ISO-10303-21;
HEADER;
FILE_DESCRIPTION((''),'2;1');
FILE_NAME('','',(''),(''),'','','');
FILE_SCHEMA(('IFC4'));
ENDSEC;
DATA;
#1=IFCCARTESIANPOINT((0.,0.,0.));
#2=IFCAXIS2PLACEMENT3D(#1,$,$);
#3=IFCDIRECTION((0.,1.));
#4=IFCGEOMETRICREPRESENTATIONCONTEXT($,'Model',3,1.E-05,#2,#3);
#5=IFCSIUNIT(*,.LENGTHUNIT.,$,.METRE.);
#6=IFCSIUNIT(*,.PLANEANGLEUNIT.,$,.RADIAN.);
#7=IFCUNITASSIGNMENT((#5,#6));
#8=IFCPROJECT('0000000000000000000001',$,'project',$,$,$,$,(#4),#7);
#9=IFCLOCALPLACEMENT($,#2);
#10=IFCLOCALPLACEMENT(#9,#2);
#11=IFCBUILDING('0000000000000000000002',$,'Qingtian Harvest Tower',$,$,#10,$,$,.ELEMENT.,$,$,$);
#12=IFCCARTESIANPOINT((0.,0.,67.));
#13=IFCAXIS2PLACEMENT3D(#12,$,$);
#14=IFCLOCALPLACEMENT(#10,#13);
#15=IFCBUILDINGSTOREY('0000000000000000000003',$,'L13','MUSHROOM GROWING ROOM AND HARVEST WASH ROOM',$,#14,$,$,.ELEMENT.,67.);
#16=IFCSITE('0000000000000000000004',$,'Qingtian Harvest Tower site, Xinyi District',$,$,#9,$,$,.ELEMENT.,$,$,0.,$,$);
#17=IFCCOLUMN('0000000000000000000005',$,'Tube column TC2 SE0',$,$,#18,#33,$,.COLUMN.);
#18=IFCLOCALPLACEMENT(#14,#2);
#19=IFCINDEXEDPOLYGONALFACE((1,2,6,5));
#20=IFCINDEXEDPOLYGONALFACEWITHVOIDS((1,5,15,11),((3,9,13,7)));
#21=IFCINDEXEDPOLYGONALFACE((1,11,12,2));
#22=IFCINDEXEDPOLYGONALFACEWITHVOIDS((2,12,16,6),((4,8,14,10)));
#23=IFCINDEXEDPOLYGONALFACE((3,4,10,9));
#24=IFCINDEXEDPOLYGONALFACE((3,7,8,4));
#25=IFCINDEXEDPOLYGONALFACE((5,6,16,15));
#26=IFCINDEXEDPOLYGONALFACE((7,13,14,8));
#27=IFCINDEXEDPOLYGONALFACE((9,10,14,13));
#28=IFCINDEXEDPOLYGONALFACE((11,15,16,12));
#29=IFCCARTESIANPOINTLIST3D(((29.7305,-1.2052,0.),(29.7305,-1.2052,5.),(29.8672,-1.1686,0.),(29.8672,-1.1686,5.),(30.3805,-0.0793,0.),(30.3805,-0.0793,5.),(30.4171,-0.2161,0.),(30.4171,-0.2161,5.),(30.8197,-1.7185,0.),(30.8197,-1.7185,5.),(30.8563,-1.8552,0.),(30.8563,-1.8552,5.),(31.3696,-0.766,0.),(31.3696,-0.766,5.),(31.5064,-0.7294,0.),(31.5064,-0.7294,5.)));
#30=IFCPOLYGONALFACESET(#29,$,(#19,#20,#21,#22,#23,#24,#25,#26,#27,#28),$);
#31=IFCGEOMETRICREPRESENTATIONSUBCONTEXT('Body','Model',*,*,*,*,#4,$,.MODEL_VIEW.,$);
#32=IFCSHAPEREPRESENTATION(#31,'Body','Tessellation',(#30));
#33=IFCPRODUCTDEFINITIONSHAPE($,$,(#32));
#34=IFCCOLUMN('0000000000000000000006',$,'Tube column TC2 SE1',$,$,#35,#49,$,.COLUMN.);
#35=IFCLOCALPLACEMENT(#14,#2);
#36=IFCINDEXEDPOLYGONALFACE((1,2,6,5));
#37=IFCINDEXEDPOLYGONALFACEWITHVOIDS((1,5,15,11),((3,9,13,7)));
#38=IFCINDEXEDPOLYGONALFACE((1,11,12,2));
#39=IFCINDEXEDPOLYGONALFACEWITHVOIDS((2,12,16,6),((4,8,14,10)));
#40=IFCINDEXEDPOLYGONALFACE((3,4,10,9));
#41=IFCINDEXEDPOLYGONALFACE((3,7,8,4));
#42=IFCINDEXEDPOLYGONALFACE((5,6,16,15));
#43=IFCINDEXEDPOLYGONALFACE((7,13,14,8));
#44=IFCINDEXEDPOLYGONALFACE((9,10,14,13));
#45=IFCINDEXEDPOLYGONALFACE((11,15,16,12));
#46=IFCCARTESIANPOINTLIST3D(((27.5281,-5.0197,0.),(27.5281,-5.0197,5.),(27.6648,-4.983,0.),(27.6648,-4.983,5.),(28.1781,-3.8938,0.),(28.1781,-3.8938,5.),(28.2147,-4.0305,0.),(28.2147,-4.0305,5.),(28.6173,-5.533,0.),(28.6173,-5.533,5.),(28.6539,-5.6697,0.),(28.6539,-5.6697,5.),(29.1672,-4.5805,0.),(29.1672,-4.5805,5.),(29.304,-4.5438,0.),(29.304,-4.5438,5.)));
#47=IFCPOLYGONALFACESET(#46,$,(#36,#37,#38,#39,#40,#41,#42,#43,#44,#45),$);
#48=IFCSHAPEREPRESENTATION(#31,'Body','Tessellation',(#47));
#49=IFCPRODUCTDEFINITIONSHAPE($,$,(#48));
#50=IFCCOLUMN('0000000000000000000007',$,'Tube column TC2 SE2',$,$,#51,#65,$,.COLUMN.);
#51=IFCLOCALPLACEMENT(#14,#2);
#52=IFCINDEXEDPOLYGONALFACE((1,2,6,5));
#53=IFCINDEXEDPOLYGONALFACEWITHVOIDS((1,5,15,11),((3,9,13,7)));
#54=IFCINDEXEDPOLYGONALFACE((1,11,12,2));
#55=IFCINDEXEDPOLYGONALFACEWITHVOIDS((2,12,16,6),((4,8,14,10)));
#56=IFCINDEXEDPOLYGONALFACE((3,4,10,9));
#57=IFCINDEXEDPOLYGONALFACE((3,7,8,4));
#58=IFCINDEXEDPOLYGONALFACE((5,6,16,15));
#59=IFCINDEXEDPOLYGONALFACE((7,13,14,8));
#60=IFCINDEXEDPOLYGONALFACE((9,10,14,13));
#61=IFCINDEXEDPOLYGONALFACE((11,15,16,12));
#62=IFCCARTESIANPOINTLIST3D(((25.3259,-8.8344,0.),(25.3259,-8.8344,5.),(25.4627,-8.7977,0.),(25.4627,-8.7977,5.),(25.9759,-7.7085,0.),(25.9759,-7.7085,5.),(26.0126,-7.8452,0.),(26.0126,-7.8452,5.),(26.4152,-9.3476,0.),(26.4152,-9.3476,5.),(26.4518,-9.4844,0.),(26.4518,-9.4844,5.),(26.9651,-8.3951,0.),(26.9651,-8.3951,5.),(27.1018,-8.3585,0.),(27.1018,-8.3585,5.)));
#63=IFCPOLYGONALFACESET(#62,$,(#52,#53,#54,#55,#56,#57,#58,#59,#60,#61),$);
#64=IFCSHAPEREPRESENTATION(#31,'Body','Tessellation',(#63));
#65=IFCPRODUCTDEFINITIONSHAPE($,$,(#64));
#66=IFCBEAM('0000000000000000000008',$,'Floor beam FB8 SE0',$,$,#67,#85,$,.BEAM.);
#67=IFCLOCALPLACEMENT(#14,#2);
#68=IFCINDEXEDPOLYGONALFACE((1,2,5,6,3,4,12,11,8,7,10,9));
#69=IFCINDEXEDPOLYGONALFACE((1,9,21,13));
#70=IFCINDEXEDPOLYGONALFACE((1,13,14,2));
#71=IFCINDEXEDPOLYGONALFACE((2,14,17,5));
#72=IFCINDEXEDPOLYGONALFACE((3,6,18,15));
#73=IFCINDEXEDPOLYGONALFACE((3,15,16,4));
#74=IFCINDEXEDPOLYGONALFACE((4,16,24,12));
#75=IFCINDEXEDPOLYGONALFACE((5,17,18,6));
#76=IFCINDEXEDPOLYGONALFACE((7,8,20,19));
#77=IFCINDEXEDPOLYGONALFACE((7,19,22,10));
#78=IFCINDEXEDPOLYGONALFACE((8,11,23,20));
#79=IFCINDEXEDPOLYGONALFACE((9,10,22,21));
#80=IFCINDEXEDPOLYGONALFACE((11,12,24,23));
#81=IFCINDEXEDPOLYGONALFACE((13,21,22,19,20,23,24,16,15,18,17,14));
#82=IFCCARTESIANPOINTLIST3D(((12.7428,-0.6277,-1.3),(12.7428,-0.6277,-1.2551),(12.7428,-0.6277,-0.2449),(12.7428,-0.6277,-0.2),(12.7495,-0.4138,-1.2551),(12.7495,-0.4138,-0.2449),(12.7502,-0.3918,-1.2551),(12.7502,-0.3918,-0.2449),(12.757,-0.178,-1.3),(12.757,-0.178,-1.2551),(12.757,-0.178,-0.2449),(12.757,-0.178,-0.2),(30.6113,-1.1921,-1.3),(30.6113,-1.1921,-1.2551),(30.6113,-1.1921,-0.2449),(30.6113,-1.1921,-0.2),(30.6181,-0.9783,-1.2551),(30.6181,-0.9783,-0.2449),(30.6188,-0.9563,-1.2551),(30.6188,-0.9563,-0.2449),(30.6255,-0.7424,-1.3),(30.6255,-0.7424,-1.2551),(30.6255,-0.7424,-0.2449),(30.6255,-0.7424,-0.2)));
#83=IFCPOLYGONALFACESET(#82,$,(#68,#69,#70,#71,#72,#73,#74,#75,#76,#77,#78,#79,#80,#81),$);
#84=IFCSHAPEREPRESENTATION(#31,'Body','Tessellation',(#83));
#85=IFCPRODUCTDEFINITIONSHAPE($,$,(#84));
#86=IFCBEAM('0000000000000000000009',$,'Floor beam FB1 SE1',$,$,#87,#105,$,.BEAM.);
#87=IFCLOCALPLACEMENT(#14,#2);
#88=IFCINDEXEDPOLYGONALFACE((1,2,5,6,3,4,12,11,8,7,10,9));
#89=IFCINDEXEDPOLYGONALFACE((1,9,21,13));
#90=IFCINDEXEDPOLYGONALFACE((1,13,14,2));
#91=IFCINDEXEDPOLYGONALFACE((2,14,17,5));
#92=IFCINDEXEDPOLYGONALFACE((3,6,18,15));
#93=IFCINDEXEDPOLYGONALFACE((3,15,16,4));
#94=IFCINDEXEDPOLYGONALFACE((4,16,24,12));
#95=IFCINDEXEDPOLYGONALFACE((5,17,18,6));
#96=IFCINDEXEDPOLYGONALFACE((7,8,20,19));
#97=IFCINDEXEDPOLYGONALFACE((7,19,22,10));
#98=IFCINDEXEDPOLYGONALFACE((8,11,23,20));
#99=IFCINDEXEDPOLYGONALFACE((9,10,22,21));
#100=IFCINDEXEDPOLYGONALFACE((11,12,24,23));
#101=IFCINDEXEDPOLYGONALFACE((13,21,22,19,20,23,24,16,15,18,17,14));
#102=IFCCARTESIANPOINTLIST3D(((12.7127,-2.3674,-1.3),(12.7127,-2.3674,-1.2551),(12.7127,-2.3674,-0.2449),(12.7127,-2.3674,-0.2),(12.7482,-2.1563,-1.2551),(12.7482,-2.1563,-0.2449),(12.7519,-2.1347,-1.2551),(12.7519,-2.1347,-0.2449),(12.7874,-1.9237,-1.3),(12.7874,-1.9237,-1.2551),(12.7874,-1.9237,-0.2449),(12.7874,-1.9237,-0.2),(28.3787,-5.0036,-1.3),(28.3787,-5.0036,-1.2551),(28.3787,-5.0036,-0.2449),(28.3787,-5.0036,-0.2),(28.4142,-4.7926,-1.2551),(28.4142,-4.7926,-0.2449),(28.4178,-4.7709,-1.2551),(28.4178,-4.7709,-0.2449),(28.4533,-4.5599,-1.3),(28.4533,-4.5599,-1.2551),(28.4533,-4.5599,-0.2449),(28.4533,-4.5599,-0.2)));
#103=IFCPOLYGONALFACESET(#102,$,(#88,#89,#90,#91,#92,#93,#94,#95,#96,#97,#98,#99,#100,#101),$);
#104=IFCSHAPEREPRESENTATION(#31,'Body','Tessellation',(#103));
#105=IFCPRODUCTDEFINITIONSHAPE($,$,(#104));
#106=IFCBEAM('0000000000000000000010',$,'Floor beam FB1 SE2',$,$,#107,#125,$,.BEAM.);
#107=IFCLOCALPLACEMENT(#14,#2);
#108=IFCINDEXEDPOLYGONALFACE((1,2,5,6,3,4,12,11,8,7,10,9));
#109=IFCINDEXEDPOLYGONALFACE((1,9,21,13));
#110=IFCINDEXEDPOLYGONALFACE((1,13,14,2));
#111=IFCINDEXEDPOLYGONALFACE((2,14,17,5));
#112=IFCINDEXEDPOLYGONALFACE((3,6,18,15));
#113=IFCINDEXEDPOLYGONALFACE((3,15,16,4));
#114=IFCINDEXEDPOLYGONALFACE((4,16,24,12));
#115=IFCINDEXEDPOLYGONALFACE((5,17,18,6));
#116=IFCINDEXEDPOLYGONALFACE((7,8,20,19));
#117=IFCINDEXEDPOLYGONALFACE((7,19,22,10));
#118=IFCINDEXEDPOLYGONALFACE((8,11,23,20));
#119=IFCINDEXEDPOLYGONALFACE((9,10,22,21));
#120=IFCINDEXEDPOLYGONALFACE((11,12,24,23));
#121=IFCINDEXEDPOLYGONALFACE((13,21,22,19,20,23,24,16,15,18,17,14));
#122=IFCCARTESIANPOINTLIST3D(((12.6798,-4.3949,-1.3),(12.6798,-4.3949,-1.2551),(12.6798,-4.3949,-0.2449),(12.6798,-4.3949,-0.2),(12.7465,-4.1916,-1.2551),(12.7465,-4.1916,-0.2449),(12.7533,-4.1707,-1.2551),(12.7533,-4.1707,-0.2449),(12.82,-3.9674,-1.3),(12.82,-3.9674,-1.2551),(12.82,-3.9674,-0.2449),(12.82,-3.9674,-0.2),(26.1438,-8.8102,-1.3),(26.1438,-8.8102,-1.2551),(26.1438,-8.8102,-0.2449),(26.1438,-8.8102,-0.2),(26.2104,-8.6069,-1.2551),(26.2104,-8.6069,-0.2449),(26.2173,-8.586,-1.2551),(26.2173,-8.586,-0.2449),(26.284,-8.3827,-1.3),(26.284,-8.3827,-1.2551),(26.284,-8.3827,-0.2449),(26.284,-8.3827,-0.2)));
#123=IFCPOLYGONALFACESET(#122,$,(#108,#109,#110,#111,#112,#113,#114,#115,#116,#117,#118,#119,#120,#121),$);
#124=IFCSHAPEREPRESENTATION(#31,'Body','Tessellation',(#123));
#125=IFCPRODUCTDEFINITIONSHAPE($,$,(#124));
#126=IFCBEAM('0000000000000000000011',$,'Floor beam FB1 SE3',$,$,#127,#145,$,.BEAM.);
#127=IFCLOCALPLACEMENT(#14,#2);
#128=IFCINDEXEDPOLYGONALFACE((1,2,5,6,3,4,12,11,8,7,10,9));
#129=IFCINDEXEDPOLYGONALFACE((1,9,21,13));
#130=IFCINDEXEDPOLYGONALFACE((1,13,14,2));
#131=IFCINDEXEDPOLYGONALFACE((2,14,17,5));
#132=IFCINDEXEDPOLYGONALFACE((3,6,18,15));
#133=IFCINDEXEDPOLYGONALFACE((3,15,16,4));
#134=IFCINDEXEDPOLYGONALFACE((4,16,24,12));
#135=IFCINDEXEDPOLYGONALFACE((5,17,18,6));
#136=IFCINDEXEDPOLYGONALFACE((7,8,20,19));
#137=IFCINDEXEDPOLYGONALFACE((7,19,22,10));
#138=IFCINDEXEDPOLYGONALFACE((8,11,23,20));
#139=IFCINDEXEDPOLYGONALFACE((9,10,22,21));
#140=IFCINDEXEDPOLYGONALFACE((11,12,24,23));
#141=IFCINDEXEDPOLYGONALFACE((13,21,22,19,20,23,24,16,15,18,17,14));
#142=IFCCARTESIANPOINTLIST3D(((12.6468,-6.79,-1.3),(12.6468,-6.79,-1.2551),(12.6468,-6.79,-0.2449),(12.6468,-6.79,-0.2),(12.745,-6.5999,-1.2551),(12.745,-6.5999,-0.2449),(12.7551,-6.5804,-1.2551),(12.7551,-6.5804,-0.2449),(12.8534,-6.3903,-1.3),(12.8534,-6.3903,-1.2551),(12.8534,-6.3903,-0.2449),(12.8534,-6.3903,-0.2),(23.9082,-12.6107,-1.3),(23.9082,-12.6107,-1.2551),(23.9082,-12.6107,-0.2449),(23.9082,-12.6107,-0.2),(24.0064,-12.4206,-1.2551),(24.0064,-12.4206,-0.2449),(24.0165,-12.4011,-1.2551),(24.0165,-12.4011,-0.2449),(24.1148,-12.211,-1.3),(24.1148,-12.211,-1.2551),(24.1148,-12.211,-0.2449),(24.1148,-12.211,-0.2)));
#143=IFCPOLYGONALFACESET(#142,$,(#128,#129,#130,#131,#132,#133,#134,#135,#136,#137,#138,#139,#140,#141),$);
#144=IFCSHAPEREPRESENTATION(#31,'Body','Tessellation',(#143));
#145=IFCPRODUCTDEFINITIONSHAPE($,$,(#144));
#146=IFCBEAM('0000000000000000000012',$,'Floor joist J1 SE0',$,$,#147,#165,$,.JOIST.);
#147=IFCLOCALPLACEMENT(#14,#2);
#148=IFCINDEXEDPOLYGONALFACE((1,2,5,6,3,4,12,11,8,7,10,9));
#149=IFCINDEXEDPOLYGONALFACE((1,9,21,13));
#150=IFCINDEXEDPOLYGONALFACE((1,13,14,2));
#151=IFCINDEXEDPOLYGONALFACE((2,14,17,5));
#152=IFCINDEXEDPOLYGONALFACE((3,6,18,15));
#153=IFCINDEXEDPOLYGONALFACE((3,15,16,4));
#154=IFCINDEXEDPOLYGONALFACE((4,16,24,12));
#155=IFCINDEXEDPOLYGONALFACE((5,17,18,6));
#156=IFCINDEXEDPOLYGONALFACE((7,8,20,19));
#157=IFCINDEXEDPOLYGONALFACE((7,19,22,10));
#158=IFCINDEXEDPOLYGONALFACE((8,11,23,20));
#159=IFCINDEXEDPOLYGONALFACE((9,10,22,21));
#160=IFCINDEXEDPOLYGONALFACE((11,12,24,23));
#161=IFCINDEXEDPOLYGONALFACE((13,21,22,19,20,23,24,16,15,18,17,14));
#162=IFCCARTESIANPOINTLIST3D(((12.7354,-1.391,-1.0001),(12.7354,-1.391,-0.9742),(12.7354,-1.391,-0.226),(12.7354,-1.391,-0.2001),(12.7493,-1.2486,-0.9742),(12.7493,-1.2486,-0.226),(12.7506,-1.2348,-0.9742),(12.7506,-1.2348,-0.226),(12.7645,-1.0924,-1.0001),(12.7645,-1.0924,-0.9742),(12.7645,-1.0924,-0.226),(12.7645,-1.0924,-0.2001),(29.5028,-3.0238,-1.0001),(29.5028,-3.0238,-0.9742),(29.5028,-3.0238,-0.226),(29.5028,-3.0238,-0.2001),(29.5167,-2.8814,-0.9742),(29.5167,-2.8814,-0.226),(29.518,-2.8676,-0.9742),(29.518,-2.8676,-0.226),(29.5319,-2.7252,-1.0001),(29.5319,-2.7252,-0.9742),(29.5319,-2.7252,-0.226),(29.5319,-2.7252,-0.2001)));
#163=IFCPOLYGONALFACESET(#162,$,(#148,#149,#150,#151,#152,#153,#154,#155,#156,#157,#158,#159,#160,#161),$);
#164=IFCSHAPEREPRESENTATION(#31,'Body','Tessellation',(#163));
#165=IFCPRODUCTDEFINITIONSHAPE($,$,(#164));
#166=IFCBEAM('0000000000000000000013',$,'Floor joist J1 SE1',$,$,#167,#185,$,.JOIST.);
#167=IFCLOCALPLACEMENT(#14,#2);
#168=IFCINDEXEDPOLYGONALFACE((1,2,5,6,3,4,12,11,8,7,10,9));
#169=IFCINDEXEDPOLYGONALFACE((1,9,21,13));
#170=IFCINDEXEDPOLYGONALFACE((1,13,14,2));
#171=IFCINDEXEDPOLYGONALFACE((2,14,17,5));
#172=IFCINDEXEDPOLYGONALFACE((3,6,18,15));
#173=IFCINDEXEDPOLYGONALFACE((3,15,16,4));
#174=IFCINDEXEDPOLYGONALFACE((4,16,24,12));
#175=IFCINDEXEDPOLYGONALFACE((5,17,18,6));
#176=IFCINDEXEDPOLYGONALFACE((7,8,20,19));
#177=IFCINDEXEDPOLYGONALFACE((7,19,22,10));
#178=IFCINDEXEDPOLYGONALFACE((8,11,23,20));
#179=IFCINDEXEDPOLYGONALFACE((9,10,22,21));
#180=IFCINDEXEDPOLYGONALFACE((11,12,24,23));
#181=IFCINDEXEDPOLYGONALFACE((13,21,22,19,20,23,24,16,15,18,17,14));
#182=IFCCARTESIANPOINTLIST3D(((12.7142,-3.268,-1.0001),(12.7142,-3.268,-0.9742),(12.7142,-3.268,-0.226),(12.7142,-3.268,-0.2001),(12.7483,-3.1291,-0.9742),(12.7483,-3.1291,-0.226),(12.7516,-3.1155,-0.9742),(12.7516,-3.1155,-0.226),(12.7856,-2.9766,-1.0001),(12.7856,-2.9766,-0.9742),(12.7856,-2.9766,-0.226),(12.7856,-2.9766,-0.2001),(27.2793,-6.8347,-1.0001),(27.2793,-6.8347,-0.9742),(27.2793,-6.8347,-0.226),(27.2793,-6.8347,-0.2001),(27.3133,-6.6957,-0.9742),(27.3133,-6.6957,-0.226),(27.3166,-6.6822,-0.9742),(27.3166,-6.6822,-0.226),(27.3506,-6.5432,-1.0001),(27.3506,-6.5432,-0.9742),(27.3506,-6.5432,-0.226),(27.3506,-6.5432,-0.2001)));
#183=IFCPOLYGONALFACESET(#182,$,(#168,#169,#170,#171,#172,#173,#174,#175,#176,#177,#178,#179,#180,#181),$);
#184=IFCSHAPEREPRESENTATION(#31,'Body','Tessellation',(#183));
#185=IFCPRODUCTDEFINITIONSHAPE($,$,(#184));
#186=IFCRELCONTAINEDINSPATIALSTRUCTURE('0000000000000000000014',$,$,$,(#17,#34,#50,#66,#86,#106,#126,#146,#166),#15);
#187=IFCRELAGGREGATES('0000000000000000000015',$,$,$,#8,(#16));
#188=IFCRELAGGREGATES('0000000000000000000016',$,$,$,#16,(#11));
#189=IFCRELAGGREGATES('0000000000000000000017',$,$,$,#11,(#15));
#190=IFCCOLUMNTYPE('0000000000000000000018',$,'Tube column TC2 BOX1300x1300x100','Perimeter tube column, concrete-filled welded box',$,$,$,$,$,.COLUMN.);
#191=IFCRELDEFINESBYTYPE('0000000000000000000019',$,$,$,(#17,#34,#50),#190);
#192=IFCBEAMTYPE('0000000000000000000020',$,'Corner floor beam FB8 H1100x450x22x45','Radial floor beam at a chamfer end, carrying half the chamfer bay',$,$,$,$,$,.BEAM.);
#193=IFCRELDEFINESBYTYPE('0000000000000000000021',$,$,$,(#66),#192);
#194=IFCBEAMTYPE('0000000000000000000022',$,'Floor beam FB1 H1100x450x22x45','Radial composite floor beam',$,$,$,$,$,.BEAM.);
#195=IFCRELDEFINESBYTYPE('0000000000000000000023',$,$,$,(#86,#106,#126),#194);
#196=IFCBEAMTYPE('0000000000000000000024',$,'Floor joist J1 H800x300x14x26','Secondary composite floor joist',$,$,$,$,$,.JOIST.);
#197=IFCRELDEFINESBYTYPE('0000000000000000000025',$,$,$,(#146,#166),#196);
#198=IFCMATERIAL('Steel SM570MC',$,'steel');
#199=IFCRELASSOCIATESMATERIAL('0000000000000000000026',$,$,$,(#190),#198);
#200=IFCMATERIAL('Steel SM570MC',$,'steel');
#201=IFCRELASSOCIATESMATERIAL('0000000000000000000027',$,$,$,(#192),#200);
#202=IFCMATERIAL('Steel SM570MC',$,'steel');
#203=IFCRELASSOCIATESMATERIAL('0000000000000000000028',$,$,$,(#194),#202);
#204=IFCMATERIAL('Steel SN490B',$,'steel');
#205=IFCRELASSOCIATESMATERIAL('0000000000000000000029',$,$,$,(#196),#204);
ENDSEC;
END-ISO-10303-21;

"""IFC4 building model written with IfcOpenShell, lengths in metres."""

from ifc_helpers import new_model, si_unit, direction, frame, origin, origin_2d, place, context, subcontext, project, spatial, hollow_rectangle, i_section, extrude, material, material_profile, profile_set, type_object, element, save


model = new_model("IFC4")

# Units and contexts
model_context = context("Model", 3, precision=1e-05, world=origin(), true_north=direction((0.0, 1.0)))
body_context = subcontext(model_context, "Body", "Model", "MODEL_VIEW")
ifc_project = project(units=[si_unit("LENGTHUNIT", "METRE"), si_unit("PLANEANGLEUNIT", "RADIAN")], contexts=[model_context])

# Site, building, storey
site_placement = place(None, origin())
site = spatial("IfcSite", under=ifc_project, at=site_placement, Name="Qingtian Harvest Tower site, Xinyi District", CompositionType="ELEMENT", RefElevation=0.0)
building_placement = place(site_placement, origin())
building = spatial("IfcBuilding", under=site, at=building_placement, Name="Qingtian Harvest Tower", CompositionType="ELEMENT")
storey_placement = place(building_placement, frame((0.0, 0.0, 67.0)))
storey = spatial("IfcBuildingStorey", under=building, at=storey_placement, Name="L13", Description="MUSHROOM GROWING ROOM AND HARVEST WASH ROOM", CompositionType="ELEMENT", Elevation=67.0)

# Columns
ifc_material_1 = material(Name="Steel SM570MC", Category="steel")
ifc_material_profile_1 = material_profile(ifc_material_1, hollow_rectangle(XDim=1.3, YDim=1.3, WallThickness=0.1001, at=origin_2d()), Name="BOX1300x1300x100")
ifc_profile_set_1 = profile_set([ifc_material_profile_1], Name="Steel SM570MC")
column_type = type_object("IfcColumnType", Name="Tube column TC2 BOX1300x1300x100", Description="Perimeter tube column, concrete-filled welded box", PredefinedType="COLUMN", material=ifc_profile_set_1)
for number, where, z_axis, x_axis, name in (
    (1, (30.6184, -0.9673, 0.0), (0.0, 0.0, 1.0), (0.5, 0.866025, 0.0), "Tube column TC2 SE0"),
    (2, (28.416, -4.7817, 0.0), (0.0, 0.0, 1.0), (0.5, 0.866025, 0.0), "Tube column TC2 SE1"),
    (3, (26.2139, -8.5964, 0.0), (0.0, 0.0, 1.0), (0.5, 0.866025, 0.0), "Tube column TC2 SE2"),
):
    element("IfcColumn", number, at=place(storey_placement, frame(where, z_axis=z_axis, x_axis=x_axis)), inside=storey, type_object=column_type, Name=name, PredefinedType="COLUMN", context=body_context, shape_type="SweptSolid", body=[
        extrude(hollow_rectangle(XDim=1.3, YDim=1.3, WallThickness=0.1001, at=origin_2d()), origin(), (0.0, 0.0, 1.0), 5.0),
    ])

# Beams
ifc_material_2 = material(Name="Steel SM570MC", Category="steel")
ifc_material_profile_2 = material_profile(ifc_material_2, i_section(OverallWidth=0.45, OverallDepth=1.1001, WebThickness=0.022, FlangeThickness=0.0449, at=origin_2d()), Name="H1100x450x22x45")
ifc_profile_set_2 = profile_set([ifc_material_profile_2], Name="Steel SM570MC")
beam_type_1 = type_object("IfcBeamType", Name="Corner floor beam FB8 H1100x450x22x45", Description="Radial floor beam at a chamfer end, carrying half the chamfer bay", PredefinedType="BEAM", material=ifc_profile_set_2)
beam_1_placement = place(storey_placement, frame((30.6184, -0.9673, -0.75), z_axis=(-0.999501, 0.031574, 0.0), x_axis=(-0.031574, -0.999501, 0.0)))
element("IfcBeam", 4, at=beam_1_placement, inside=storey, type_object=beam_type_1, Name="Floor beam FB8 SE0", PredefinedType="BEAM", context=body_context, shape_type="SweptSolid", body=[
    extrude(i_section(OverallWidth=0.45, OverallDepth=1.1001, WebThickness=0.022, FlangeThickness=0.0449, at=origin_2d()), origin(), (0.0, 0.0, 1.0), 17.8774),
])
ifc_material_3 = material(Name="Steel SM570MC", Category="steel")
ifc_material_profile_3 = material_profile(ifc_material_3, i_section(OverallWidth=0.45, OverallDepth=1.1001, WebThickness=0.022, FlangeThickness=0.0449, at=origin_2d()), Name="H1100x450x22x45")
ifc_profile_set_3 = profile_set([ifc_material_profile_3], Name="Steel SM570MC")
beam_type_2 = type_object("IfcBeamType", Name="Floor beam FB1 H1100x450x22x45", Description="Radial composite floor beam", PredefinedType="BEAM", material=ifc_profile_set_3)
beam_2_placement = place(storey_placement, frame((28.416, -4.7817, -0.75), z_axis=(-0.986135, 0.165944, 0.0), x_axis=(-0.165944, -0.986135, 0.0)))
element("IfcBeam", 5, at=beam_2_placement, inside=storey, type_object=beam_type_2, Name="Floor beam FB1 SE1", PredefinedType="BEAM", context=body_context, shape_type="SweptSolid", body=[
    extrude(i_section(OverallWidth=0.45, OverallDepth=1.1001, WebThickness=0.022, FlangeThickness=0.0449, at=origin_2d()), origin(), (0.0, 0.0, 1.0), 15.8862),
])
beam_3_placement = place(storey_placement, frame((26.2139, -8.5964, -0.75), z_axis=(-0.950211, 0.311608, 0.0), x_axis=(-0.311608, -0.950211, 0.0)))
element("IfcBeam", 6, at=beam_3_placement, inside=storey, type_object=beam_type_2, Name="Floor beam FB1 SE2", PredefinedType="BEAM", context=body_context, shape_type="SweptSolid", body=[
    extrude(i_section(OverallWidth=0.45, OverallDepth=1.1001, WebThickness=0.022, FlangeThickness=0.0449, at=origin_2d()), origin(), (0.0, 0.0, 1.0), 14.1694),
])
beam_4_placement = place(storey_placement, frame((24.0115, -12.4109, -0.75), z_axis=(-0.88835, 0.459168, 0.0), x_axis=(-0.459168, -0.88835, 0.0)))
element("IfcBeam", 7, at=beam_4_placement, inside=storey, type_object=beam_type_2, Name="Floor beam FB1 SE3", PredefinedType="BEAM", context=body_context, shape_type="SweptSolid", body=[
    extrude(i_section(OverallWidth=0.45, OverallDepth=1.1001, WebThickness=0.022, FlangeThickness=0.0449, at=origin_2d()), origin(), (0.0, 0.0, 1.0), 12.6768),
])
ifc_material_4 = material(Name="Steel SN490B", Category="steel")
ifc_material_profile_4 = material_profile(ifc_material_4, i_section(OverallWidth=0.3, OverallDepth=0.8, WebThickness=0.0139, FlangeThickness=0.0259, at=origin_2d()), Name="H800x300x14x26")
ifc_profile_set_4 = profile_set([ifc_material_profile_4], Name="Steel SN490B")
beam_type_3 = type_object("IfcBeamType", Name="Floor joist J1 H800x300x14x26", Description="Secondary composite floor joist", PredefinedType="JOIST", material=ifc_profile_set_4)
beam_5_placement = place(storey_placement, frame((29.5173, -2.8745, -0.6001), z_axis=(-0.995292, 0.096922, 0.0), x_axis=(-0.096922, -0.995292, 0.0)))
element("IfcBeam", 8, at=beam_5_placement, inside=storey, type_object=beam_type_3, Name="Floor joist J1 SE0", PredefinedType="JOIST", context=body_context, shape_type="SweptSolid", body=[
    extrude(i_section(OverallWidth=0.3, OverallDepth=0.8, WebThickness=0.0139, FlangeThickness=0.0259, at=origin_2d()), origin(), (0.0, 0.0, 1.0), 16.8467),
])
beam_6_placement = place(storey_placement, frame((27.3149, -6.689, -0.6001), z_axis=(-0.971302, 0.237851, 0.0), x_axis=(-0.237851, -0.971302, 0.0)))
element("IfcBeam", 9, at=beam_6_placement, inside=storey, type_object=beam_type_3, Name="Floor joist J1 SE1", PredefinedType="JOIST", context=body_context, shape_type="SweptSolid", body=[
    extrude(i_section(OverallWidth=0.3, OverallDepth=0.8, WebThickness=0.0139, FlangeThickness=0.0259, at=origin_2d()), origin(), (0.0, 0.0, 1.0), 14.9954),
])

save(model, "model.ifc")
